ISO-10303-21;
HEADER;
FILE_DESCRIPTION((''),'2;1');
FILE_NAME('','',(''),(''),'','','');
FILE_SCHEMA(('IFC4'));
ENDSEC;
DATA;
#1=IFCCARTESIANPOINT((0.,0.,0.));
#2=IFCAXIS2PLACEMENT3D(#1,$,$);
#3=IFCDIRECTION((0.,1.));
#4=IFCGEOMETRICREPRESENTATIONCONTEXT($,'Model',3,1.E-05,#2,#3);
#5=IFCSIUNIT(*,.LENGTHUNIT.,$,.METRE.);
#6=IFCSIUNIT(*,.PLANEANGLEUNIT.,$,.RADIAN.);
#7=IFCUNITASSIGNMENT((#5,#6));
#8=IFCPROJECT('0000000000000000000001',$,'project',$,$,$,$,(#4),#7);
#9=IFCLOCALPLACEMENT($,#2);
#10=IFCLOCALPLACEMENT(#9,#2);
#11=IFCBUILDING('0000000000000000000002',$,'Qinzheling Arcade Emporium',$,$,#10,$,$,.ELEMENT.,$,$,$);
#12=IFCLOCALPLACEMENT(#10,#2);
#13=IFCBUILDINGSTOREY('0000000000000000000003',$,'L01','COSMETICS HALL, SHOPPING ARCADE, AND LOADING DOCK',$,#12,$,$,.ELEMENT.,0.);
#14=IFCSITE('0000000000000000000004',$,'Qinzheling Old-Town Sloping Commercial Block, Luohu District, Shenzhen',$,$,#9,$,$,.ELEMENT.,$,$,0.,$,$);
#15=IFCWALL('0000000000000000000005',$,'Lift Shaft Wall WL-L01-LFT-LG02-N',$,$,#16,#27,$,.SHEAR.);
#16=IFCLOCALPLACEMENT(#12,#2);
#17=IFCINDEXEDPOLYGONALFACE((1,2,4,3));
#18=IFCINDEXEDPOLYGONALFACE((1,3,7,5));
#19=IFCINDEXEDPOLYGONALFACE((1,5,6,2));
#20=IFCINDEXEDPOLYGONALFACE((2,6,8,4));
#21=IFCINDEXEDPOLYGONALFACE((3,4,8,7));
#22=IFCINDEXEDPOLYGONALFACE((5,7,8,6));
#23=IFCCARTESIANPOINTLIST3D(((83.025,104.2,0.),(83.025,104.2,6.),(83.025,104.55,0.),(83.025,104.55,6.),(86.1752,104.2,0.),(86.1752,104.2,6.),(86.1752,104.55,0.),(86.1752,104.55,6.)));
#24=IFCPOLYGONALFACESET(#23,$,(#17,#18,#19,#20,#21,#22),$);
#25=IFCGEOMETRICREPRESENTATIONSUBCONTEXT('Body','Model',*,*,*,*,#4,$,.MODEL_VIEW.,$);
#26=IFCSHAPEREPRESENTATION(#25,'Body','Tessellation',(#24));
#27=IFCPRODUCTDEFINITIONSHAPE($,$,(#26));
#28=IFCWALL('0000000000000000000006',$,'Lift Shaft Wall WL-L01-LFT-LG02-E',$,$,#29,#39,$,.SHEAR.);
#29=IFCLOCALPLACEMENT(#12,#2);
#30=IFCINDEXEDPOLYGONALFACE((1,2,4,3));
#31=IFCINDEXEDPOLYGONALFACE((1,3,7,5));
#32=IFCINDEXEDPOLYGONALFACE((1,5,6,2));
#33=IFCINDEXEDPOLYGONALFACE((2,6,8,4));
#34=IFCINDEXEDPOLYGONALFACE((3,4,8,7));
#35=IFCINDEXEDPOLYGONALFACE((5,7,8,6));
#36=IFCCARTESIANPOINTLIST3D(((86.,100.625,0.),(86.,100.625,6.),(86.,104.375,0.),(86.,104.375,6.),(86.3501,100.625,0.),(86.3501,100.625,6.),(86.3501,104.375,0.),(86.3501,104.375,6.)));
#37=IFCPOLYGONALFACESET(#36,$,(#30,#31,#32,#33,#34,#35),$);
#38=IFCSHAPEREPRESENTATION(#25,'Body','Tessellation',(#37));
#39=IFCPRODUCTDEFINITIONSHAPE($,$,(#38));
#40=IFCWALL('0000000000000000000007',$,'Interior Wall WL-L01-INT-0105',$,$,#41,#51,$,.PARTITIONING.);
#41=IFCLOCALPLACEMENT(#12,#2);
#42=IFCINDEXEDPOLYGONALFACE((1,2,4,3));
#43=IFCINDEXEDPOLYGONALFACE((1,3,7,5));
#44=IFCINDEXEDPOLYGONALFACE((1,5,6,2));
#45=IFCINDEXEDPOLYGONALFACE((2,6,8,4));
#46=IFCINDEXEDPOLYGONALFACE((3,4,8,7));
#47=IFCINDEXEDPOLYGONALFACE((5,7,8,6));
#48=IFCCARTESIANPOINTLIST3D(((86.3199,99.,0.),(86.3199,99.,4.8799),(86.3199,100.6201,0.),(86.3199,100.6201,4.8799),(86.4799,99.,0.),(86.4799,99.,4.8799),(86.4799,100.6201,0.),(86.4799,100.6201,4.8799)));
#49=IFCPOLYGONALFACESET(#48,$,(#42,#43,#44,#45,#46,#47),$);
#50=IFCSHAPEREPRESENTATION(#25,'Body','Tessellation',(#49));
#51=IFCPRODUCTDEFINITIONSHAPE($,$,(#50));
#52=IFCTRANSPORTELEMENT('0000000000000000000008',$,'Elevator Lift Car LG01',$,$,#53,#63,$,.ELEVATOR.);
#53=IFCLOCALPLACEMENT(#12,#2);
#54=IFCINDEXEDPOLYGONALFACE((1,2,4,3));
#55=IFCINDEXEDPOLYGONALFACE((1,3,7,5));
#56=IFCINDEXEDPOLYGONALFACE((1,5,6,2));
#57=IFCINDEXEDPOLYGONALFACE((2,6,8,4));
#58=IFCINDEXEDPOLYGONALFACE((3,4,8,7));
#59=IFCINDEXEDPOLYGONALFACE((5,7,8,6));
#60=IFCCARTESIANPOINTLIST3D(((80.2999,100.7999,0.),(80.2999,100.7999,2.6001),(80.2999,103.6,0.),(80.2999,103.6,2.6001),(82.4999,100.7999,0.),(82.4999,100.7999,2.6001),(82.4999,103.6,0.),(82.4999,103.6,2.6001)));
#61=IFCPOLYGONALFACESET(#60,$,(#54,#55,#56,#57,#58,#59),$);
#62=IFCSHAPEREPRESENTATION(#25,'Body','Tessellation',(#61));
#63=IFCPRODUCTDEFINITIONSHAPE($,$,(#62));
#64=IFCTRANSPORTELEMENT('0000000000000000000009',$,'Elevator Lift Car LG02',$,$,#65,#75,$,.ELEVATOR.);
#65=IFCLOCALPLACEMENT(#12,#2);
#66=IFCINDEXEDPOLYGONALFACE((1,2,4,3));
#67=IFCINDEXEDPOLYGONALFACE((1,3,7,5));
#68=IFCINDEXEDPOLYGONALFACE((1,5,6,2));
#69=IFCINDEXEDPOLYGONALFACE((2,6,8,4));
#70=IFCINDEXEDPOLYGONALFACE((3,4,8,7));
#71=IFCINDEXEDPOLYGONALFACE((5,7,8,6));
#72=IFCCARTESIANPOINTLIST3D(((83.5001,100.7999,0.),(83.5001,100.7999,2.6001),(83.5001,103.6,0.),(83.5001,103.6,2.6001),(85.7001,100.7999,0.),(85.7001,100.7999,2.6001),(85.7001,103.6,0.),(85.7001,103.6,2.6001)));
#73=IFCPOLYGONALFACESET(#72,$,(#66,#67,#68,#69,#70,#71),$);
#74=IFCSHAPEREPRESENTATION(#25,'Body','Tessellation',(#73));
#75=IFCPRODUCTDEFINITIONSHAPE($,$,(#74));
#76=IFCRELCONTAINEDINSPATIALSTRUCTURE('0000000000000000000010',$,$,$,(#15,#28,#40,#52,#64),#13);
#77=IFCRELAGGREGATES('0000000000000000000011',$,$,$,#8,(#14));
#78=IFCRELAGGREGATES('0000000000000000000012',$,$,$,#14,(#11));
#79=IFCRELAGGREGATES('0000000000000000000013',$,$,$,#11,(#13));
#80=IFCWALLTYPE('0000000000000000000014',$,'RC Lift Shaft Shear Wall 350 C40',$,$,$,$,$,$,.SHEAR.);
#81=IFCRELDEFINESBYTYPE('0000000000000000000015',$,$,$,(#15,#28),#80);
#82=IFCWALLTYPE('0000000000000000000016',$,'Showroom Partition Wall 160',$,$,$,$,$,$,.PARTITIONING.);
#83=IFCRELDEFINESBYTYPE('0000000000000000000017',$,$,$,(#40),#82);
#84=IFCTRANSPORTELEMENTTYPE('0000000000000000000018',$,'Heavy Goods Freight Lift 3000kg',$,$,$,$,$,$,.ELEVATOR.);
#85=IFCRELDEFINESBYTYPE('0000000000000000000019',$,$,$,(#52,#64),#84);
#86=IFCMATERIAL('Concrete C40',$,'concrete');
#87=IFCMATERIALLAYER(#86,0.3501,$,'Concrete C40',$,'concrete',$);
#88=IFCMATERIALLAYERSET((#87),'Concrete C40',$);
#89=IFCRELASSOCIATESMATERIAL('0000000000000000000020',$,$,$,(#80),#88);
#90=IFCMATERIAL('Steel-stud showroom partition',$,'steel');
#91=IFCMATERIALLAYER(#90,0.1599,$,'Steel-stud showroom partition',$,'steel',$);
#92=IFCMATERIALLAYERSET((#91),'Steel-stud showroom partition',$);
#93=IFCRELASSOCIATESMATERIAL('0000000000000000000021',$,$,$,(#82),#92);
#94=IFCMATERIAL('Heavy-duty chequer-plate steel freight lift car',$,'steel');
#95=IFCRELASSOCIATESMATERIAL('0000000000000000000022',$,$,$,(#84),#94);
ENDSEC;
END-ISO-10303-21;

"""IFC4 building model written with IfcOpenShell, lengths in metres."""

from ifc_helpers import new_model, si_unit, direction, frame, frame_2d, origin, origin_2d, place, context, subcontext, project, spatial, rectangle, extrude, material, layer, layer_set, type_object, element, save


model = new_model("IFC4")

# Units and contexts
model_context = context("Model", 3, precision=1e-05, world=origin(), true_north=direction((0.0, 1.0)))
body_context = subcontext(model_context, "Body", "Model", "MODEL_VIEW")
ifc_project = project(units=[si_unit("LENGTHUNIT", "METRE"), si_unit("PLANEANGLEUNIT", "RADIAN")], contexts=[model_context])

# Site, building, storey
site_placement = place(None, origin())
site = spatial("IfcSite", under=ifc_project, at=site_placement, Name="Qinzheling Old-Town Sloping Commercial Block, Luohu District, Shenzhen", CompositionType="ELEMENT", RefElevation=0.0)
building_placement = place(site_placement, origin())
building = spatial("IfcBuilding", under=site, at=building_placement, Name="Qinzheling Arcade Emporium", CompositionType="ELEMENT")
storey_placement = place(building_placement, origin())
storey = spatial("IfcBuildingStorey", under=building, at=storey_placement, Name="L01", Description="COSMETICS HALL, SHOPPING ARCADE, AND LOADING DOCK", CompositionType="ELEMENT", Elevation=0.0)

# Shared definitions
ifc_material_1 = material(Name="Concrete C40", Category="concrete")

# Shared definitions
ifc_layer_1 = layer(ifc_material_1, 0.3501, Name="Concrete C40", Category="concrete")
ifc_layer_set_1 = layer_set([ifc_layer_1], Name="Concrete C40")
wall_type_1 = type_object("IfcWallType", Name="RC Lift Shaft Shear Wall 350 C40", PredefinedType="SHEAR", material=ifc_layer_set_1)

# Wall
wall_1_placement = place(storey_placement, frame((83.0249, 104.375, 0.0), z_axis=(0.0, 0.0, 1.0), x_axis=(1.0, 0.0, 0.0)))
element("IfcWall", 1, at=wall_1_placement, inside=storey, type_object=wall_type_1, Name="Lift Shaft Wall WL-L01-LFT-LG02-N", PredefinedType="SHEAR", context=body_context, shape_type="SweptSolid", body=[
    extrude(rectangle(XDim=3.1501, YDim=0.3501, at=frame_2d((1.5752, 0.0))), origin(), (0.0, 0.0, 1.0), 6.0),
])

# Walls
wall_2_placement = place(storey_placement, frame((86.175, 104.375, 0.0), z_axis=(0.0, 0.0, 1.0), x_axis=(0.0, -1.0, 0.0)))
element("IfcWall", 2, at=wall_2_placement, inside=storey, type_object=wall_type_1, Name="Lift Shaft Wall WL-L01-LFT-LG02-E", PredefinedType="SHEAR", context=body_context, shape_type="SweptSolid", body=[
    extrude(rectangle(XDim=3.75, YDim=0.3501, at=frame_2d((1.875, 0.0))), origin(), (0.0, 0.0, 1.0), 6.0),
])
ifc_material_2 = material(Name="Steel-stud showroom partition", Category="steel")
ifc_layer_2 = layer(ifc_material_2, 0.1599, Name="Steel-stud showroom partition", Category="steel")
ifc_layer_set_2 = layer_set([ifc_layer_2], Name="Steel-stud showroom partition")
wall_type_2 = type_object("IfcWallType", Name="Showroom Partition Wall 160", PredefinedType="PARTITIONING", material=ifc_layer_set_2)
wall_3_placement = place(storey_placement, frame((86.3999, 100.6201, 0.0), z_axis=(0.0, 0.0, 1.0), x_axis=(0.0, -1.0, 0.0)))
element("IfcWall", 3, at=wall_3_placement, inside=storey, type_object=wall_type_2, Name="Interior Wall WL-L01-INT-0105", PredefinedType="PARTITIONING", context=body_context, shape_type="SweptSolid", body=[
    extrude(rectangle(XDim=1.6201, YDim=0.1599, at=frame_2d((0.8101, 0.0))), origin(), (0.0, 0.0, 1.0), 4.8799),
])

# Transport elements
ifc_material_3 = material(Name="Heavy-duty chequer-plate steel freight lift car", Category="steel")
transport_element_type = type_object("IfcTransportElementType", Name="Heavy Goods Freight Lift 3000kg", PredefinedType="ELEVATOR", material=ifc_material_3)
for number, where, z_axis, x_axis, name in (
    (4, (81.3999, 102.2, 0.0), (0.0, 0.0, 1.0), (1.0, 0.0, 0.0), "Elevator Lift Car LG01"),
    (5, (84.6001, 102.2, 0.0), (0.0, 0.0, 1.0), (1.0, 0.0, 0.0), "Elevator Lift Car LG02"),
):
    element("IfcTransportElement", number, at=place(storey_placement, frame(where, z_axis=z_axis, x_axis=x_axis)), inside=storey, type_object=transport_element_type, Name=name, PredefinedType="ELEVATOR", context=body_context, shape_type="SweptSolid", body=[
        extrude(rectangle(XDim=2.2, YDim=2.8, at=origin_2d()), origin(), (0.0, 0.0, 1.0), 2.6001),
    ])

save(model, "model.ifc")
